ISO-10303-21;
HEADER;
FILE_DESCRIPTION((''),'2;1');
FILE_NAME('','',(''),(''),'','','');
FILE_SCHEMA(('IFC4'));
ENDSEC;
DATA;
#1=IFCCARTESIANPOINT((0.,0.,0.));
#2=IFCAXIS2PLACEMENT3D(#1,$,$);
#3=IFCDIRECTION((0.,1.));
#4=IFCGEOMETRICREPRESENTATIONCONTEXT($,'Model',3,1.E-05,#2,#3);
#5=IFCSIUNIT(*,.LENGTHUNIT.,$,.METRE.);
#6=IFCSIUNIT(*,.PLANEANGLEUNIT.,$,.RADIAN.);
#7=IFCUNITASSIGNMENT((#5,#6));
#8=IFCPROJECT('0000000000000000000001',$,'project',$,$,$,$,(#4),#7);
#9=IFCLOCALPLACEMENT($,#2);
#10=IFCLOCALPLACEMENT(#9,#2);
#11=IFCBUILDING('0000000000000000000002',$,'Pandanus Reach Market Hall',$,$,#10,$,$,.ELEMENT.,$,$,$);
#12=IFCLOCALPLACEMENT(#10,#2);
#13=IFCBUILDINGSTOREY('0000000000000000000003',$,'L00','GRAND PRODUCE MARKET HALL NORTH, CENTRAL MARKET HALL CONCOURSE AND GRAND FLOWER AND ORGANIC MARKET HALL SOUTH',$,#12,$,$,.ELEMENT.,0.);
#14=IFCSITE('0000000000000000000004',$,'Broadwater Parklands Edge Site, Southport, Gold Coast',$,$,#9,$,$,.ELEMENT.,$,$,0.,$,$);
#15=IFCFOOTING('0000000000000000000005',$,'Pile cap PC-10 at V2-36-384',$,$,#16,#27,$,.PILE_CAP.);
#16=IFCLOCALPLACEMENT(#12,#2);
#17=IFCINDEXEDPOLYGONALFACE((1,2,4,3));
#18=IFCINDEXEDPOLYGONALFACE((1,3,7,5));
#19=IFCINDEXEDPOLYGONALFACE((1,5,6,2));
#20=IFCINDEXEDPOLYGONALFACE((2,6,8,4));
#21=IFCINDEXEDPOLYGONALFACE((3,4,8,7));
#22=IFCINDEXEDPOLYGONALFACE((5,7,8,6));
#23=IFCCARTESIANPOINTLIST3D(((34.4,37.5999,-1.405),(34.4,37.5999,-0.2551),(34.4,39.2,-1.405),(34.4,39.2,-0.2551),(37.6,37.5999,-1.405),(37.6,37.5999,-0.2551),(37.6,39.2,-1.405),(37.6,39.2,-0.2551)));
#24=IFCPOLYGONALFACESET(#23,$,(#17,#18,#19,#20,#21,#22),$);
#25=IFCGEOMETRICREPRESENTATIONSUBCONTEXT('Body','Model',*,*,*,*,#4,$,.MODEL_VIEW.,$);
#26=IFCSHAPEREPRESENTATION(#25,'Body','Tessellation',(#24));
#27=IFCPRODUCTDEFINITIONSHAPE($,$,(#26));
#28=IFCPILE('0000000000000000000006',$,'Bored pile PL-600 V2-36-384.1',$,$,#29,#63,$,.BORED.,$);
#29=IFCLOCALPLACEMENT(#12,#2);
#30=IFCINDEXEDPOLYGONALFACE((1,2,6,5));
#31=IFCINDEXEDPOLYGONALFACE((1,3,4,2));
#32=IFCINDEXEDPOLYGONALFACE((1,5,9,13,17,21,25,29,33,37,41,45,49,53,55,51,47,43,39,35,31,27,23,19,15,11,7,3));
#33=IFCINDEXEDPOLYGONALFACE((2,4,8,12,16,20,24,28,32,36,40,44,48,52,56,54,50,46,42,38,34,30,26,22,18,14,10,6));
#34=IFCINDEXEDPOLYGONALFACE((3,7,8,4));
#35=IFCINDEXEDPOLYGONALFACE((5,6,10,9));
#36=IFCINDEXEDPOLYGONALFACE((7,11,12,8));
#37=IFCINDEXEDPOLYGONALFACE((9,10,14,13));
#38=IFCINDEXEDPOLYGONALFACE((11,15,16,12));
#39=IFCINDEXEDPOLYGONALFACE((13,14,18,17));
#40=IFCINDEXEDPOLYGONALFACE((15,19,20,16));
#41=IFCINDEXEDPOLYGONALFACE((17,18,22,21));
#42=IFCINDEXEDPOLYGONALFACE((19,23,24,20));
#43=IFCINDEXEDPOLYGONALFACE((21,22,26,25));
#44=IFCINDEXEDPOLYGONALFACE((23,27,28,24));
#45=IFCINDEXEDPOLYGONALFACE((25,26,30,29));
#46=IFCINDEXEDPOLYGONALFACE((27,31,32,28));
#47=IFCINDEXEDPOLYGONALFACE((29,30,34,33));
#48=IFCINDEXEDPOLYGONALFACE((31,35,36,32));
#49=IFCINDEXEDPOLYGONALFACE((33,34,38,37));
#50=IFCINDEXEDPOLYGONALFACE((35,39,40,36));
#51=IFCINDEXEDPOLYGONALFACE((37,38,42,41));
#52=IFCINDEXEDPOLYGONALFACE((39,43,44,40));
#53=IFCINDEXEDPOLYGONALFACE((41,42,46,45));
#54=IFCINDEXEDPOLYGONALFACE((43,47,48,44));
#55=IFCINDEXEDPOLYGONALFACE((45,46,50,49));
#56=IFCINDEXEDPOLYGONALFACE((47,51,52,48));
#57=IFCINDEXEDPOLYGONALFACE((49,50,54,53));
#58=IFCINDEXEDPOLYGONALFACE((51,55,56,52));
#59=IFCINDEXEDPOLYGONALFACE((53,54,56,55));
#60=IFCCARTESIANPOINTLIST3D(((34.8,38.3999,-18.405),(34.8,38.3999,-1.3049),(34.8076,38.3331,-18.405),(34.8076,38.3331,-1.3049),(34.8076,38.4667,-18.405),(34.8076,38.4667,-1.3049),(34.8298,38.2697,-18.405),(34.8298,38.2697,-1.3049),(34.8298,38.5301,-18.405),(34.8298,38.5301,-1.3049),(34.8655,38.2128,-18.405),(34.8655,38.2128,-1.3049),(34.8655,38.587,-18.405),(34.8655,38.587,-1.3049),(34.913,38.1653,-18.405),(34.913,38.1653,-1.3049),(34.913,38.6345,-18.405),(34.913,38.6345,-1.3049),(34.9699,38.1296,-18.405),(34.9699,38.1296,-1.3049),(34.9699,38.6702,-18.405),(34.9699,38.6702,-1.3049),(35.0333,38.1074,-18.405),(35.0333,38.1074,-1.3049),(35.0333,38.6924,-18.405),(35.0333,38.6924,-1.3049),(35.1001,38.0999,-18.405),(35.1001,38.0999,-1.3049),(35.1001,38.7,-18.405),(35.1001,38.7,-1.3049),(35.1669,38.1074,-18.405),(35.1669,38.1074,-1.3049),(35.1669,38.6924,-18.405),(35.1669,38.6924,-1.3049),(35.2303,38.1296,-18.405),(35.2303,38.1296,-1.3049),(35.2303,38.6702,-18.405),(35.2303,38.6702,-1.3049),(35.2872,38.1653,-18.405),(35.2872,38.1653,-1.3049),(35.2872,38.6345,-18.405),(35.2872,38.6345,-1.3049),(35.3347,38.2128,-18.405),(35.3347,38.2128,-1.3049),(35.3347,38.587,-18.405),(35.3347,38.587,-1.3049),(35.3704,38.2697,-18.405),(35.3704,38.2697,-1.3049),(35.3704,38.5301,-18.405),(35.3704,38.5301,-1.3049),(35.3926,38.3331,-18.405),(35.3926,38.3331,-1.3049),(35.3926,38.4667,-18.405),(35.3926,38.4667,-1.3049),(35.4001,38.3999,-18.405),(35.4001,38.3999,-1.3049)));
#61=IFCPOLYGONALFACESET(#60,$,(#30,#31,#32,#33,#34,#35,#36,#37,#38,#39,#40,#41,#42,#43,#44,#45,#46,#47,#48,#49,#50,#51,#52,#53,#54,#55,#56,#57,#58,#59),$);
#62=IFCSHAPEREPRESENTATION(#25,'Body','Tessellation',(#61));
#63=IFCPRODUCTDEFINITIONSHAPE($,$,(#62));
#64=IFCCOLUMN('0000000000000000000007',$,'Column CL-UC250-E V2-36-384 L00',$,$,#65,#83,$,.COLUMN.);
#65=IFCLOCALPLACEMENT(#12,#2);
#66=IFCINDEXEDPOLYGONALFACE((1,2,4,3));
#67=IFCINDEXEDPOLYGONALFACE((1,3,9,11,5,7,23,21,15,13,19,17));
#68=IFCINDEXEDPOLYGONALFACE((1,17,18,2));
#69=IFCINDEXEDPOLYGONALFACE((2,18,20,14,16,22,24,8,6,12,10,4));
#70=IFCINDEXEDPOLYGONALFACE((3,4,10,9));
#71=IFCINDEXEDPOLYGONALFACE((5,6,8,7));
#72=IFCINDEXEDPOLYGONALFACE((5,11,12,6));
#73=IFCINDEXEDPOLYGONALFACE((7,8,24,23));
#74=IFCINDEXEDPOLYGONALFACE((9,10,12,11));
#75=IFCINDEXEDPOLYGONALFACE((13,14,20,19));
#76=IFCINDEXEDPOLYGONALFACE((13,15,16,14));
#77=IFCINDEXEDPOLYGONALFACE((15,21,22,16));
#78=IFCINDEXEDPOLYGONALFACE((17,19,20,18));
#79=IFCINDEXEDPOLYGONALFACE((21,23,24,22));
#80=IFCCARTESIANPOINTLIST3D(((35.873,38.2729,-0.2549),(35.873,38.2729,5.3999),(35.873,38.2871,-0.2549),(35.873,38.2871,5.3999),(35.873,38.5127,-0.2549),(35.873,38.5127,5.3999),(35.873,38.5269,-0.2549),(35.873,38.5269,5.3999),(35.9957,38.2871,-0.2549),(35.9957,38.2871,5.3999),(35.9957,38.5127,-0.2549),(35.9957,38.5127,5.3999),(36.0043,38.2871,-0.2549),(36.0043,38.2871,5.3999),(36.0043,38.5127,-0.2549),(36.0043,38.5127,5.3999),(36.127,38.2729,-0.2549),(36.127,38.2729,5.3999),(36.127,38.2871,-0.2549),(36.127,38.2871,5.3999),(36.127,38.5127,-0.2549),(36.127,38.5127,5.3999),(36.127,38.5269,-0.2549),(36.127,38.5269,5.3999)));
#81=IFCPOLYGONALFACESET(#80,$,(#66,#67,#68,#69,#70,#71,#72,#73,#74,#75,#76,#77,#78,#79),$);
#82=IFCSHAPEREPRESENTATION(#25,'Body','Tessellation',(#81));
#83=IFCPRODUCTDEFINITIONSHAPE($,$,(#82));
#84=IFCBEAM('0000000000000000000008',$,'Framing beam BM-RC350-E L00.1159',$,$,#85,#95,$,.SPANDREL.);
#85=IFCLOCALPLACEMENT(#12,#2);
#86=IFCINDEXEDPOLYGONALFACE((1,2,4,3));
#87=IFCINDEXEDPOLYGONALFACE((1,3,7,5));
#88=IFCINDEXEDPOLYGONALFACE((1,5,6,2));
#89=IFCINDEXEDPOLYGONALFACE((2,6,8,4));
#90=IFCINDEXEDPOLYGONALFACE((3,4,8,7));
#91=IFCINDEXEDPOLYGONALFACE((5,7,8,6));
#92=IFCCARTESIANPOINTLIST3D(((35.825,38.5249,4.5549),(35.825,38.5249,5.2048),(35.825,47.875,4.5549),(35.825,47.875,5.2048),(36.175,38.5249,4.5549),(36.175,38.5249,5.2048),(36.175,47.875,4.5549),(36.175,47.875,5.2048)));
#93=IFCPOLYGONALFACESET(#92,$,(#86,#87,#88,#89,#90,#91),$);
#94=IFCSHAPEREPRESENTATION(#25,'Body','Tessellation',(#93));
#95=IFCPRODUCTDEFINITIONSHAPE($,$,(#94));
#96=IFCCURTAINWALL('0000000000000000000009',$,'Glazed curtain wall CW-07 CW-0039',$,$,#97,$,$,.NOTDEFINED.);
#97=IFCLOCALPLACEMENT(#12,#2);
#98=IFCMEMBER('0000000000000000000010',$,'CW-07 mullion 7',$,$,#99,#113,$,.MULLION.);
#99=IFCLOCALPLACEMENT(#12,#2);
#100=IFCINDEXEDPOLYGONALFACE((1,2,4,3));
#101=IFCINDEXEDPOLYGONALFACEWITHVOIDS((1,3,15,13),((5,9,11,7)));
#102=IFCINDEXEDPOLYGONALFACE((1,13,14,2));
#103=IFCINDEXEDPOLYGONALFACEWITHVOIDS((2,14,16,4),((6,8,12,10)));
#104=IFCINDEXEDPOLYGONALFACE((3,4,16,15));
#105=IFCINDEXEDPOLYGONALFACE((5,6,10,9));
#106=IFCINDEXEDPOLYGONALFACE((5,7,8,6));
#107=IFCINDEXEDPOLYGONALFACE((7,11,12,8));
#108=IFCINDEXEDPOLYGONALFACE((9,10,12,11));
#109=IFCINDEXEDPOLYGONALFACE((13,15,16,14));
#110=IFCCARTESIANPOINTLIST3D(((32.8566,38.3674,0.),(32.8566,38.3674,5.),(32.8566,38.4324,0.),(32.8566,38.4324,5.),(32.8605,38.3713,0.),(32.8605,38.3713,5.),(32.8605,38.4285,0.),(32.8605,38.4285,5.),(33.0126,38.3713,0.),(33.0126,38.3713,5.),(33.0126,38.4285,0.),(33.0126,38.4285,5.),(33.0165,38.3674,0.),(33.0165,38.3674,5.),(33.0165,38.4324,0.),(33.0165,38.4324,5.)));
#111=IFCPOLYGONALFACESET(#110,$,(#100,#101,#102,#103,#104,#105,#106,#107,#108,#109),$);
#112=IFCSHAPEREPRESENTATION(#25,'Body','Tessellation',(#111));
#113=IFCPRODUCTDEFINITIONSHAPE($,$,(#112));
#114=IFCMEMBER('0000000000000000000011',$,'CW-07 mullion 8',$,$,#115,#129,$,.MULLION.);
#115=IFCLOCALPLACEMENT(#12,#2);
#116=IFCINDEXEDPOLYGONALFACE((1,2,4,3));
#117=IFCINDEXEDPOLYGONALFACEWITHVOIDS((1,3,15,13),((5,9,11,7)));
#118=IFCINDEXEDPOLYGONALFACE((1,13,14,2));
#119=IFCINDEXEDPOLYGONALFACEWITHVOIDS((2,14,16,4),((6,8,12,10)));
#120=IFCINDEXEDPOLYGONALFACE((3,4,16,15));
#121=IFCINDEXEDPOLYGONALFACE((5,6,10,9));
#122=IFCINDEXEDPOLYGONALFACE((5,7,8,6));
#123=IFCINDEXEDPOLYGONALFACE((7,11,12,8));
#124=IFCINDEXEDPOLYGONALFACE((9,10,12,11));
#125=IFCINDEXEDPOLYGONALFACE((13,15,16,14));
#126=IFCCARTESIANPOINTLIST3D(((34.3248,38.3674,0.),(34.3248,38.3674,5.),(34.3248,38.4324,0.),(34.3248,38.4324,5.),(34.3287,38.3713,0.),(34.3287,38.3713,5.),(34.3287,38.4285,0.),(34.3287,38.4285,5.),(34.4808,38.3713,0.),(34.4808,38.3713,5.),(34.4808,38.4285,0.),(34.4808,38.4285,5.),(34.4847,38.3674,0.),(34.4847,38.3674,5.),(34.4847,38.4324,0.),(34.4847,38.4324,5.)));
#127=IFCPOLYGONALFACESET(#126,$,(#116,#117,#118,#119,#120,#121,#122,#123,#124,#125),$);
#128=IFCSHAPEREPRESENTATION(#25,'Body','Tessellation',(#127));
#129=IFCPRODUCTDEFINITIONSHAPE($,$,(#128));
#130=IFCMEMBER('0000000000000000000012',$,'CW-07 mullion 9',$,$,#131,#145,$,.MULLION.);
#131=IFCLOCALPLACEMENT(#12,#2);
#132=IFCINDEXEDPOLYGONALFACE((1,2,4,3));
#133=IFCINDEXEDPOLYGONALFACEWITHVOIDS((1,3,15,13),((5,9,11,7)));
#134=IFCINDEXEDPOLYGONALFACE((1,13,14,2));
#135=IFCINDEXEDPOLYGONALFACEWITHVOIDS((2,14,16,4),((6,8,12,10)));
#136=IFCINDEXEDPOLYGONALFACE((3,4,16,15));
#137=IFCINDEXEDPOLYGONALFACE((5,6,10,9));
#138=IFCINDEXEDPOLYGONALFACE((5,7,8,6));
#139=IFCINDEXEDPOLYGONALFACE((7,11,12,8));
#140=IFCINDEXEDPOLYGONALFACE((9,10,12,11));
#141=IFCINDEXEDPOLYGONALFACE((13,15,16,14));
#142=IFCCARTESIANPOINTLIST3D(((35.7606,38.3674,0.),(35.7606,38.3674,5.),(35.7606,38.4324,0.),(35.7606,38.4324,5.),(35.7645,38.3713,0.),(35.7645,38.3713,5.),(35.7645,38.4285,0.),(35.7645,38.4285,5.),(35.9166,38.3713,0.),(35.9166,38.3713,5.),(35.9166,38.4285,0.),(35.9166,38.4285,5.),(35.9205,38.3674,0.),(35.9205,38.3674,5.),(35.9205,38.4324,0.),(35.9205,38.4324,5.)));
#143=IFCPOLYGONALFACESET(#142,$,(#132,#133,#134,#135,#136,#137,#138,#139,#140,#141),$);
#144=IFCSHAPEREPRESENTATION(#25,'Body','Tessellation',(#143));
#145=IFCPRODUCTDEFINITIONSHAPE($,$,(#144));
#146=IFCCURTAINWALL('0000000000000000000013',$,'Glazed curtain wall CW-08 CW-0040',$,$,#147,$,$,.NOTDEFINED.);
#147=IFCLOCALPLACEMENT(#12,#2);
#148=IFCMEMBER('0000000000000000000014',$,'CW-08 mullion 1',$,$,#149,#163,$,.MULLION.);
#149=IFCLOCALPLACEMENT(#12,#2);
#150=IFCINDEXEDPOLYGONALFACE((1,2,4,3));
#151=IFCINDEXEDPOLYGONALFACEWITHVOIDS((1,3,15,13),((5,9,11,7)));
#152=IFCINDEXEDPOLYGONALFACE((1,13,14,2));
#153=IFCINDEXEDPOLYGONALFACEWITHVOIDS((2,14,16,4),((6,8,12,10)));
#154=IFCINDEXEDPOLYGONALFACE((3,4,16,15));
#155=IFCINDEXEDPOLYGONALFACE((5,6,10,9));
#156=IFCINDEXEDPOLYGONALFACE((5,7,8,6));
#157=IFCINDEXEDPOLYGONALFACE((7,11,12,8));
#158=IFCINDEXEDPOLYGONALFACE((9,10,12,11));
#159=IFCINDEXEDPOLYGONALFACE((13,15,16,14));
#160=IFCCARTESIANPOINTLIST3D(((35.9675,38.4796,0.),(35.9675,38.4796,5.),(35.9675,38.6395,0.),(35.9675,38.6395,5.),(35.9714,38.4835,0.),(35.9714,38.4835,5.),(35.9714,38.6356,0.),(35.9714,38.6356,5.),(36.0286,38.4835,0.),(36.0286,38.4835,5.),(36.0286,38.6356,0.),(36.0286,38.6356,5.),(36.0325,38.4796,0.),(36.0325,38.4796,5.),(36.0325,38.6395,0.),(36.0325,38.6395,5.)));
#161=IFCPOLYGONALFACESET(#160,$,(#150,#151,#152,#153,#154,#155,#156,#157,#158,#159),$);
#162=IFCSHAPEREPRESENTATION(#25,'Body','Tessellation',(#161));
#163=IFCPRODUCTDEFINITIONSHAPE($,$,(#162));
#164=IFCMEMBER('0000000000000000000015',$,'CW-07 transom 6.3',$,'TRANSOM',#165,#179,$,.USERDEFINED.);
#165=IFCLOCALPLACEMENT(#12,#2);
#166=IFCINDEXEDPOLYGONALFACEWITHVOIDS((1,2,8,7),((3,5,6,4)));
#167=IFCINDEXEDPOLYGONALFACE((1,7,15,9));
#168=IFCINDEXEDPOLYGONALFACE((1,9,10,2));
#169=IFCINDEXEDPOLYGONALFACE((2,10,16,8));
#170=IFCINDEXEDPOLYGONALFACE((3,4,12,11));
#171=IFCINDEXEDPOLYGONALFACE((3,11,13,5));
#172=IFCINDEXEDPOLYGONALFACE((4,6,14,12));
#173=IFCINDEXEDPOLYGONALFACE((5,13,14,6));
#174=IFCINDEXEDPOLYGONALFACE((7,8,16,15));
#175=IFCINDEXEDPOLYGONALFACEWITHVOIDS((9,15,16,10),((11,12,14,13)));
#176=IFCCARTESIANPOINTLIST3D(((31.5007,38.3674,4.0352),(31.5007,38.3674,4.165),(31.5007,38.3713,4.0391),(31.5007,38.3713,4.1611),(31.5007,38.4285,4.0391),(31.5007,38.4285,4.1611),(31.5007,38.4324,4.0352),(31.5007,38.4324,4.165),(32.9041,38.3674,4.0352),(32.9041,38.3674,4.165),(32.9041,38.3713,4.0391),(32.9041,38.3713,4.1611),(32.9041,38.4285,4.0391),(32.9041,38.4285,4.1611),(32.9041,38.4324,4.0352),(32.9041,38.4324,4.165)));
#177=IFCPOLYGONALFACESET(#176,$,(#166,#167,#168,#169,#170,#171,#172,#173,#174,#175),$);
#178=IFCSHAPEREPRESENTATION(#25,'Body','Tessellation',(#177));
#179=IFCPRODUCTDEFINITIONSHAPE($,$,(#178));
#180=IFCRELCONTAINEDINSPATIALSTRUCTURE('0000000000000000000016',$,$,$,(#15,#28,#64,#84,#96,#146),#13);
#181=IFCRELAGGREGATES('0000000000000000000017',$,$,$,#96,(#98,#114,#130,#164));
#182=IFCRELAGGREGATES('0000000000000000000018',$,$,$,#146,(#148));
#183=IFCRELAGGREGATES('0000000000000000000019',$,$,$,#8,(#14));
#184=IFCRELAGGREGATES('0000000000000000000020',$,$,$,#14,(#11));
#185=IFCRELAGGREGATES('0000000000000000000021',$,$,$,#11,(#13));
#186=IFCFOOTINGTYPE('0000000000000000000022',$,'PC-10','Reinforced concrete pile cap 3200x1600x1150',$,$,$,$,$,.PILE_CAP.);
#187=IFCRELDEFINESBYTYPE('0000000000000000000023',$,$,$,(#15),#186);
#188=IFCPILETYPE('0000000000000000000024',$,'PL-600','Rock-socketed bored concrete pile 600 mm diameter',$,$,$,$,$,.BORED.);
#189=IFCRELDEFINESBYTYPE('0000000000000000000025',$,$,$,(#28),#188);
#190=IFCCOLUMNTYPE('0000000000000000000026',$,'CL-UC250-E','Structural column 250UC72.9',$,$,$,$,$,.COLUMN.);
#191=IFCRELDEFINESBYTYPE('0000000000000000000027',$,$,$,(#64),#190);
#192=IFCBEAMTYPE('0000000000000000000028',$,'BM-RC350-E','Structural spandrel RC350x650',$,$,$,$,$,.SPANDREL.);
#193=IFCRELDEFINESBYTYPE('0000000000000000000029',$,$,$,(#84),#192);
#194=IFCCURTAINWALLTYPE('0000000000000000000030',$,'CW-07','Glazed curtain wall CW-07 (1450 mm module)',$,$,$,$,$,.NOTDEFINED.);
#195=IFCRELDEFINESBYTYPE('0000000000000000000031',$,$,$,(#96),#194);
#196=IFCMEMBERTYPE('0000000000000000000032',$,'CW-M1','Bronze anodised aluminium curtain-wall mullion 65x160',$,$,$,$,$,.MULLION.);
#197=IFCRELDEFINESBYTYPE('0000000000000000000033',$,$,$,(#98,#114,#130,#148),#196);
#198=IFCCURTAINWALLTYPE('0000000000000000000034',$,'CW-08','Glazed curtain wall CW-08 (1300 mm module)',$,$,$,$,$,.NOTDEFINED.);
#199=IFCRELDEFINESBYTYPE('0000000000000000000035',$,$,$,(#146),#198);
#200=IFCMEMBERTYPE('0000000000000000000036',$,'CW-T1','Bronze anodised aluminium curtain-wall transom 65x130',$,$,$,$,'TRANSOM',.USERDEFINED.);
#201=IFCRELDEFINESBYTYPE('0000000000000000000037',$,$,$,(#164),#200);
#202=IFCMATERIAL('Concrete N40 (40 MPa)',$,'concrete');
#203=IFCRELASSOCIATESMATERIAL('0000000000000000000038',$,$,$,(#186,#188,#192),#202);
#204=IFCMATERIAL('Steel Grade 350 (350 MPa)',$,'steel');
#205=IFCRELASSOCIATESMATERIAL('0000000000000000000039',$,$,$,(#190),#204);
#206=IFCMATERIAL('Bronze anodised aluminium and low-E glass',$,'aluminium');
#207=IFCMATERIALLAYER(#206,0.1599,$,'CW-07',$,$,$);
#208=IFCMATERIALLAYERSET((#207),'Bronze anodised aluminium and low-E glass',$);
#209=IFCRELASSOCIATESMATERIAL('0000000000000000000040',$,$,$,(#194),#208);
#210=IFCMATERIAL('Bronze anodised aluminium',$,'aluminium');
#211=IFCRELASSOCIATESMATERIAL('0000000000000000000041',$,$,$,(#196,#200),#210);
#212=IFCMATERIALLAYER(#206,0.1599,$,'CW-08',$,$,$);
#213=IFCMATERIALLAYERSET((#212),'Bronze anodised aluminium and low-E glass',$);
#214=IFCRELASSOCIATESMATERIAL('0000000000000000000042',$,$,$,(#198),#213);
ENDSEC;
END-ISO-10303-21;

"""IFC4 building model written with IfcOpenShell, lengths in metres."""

from ifc_helpers import new_model, si_unit, direction, frame, origin, origin_2d, place, context, subcontext, project, spatial, rectangle, hollow_rectangle, circle, i_section, extrude, material, layer, layer_set, material_profile, profile_set, type_object, element, aggregate, save


model = new_model("IFC4")

# Units and contexts
model_context = context("Model", 3, precision=1e-05, world=origin(), true_north=direction((0.0, 1.0)))
body_context = subcontext(model_context, "Body", "Model", "MODEL_VIEW")
ifc_project = project(units=[si_unit("LENGTHUNIT", "METRE"), si_unit("PLANEANGLEUNIT", "RADIAN")], contexts=[model_context])

# Site, building, storey
site_placement = place(None, origin())
site = spatial("IfcSite", under=ifc_project, at=site_placement, Name="Broadwater Parklands Edge Site, Southport, Gold Coast", CompositionType="ELEMENT", RefElevation=0.0)
building_placement = place(site_placement, origin())
building = spatial("IfcBuilding", under=site, at=building_placement, Name="Pandanus Reach Market Hall", CompositionType="ELEMENT")
storey_placement = place(building_placement, origin())
storey = spatial("IfcBuildingStorey", under=building, at=storey_placement, Name="L00", Description="GRAND PRODUCE MARKET HALL NORTH, CENTRAL MARKET HALL CONCOURSE AND GRAND FLOWER AND ORGANIC MARKET HALL SOUTH", CompositionType="ELEMENT", Elevation=0.0)

# Footing
ifc_material_1 = material(Name="Concrete N40 (40 MPa)", Category="concrete")
footing_type = type_object("IfcFootingType", Name="PC-10", Description="Reinforced concrete pile cap 3200x1600x1150", PredefinedType="PILE_CAP", material=ifc_material_1)
footing_placement = place(storey_placement, frame((36.0, 38.3999, -1.405), z_axis=(0.0, 0.0, 1.0), x_axis=(1.0, 0.0, 0.0)))
element("IfcFooting", 1, at=footing_placement, inside=storey, type_object=footing_type, Name="Pile cap PC-10 at V2-36-384", PredefinedType="PILE_CAP", context=body_context, shape_type="SweptSolid", body=[
    extrude(rectangle(XDim=3.2, YDim=1.6001, at=origin_2d()), origin(), (0.0, 0.0, 1.0), 1.1499),
])

# Pile
ifc_material_profile_1 = material_profile(ifc_material_1, circle(Radius=0.3, at=origin_2d()), Name="PILE-600D", Category="LoadBearing")
ifc_profile_set_1 = profile_set([ifc_material_profile_1], Name="Concrete N40 (40 MPa)")
pile_type = type_object("IfcPileType", Name="PL-600", Description="Rock-socketed bored concrete pile 600 mm diameter", PredefinedType="BORED", material=ifc_profile_set_1)
pile_placement = place(storey_placement, frame((35.1001, 38.3999, -1.3049), z_axis=(0.0, 0.0, -1.0), x_axis=(1.0, 0.0, 0.0)))
element("IfcPile", 2, at=pile_placement, inside=storey, type_object=pile_type, Name="Bored pile PL-600 V2-36-384.1", PredefinedType="BORED", context=body_context, shape_type="SweptSolid", body=[
    extrude(circle(Radius=0.3, at=origin_2d()), origin(), (0.0, 0.0, 1.0), 17.1001),
])

# Column
ifc_material_2 = material(Name="Steel Grade 350 (350 MPa)", Category="steel")
ifc_material_profile_2 = material_profile(ifc_material_2, i_section(OverallWidth=0.2539, OverallDepth=0.2539, WebThickness=0.0085, FlangeThickness=0.0142, at=origin_2d()), Name="250UC72.9", Category="LoadBearing")
ifc_profile_set_2 = profile_set([ifc_material_profile_2], Name="Steel Grade 350 (350 MPa)")
column_type = type_object("IfcColumnType", Name="CL-UC250-E", Description="Structural column 250UC72.9", PredefinedType="COLUMN", material=ifc_profile_set_2)
column_placement = place(storey_placement, frame((36.0, 38.3999, -0.2549), z_axis=(0.0, 0.0, 1.0), x_axis=(1.0, 0.0, 0.0)))
element("IfcColumn", 3, at=column_placement, inside=storey, type_object=column_type, Name="Column CL-UC250-E V2-36-384 L00", PredefinedType="COLUMN", context=body_context, shape_type="SweptSolid", body=[
    extrude(i_section(OverallWidth=0.2539, OverallDepth=0.2539, WebThickness=0.0085, FlangeThickness=0.0142, at=origin_2d()), origin(), (0.0, 0.0, 1.0), 5.6548),
])

# Beam
ifc_material_profile_3 = material_profile(ifc_material_1, rectangle(XDim=0.3501, YDim=0.6499, at=origin_2d()), Name="RC350x650", Category="LoadBearing")
ifc_profile_set_3 = profile_set([ifc_material_profile_3], Name="Concrete N40 (40 MPa)")
beam_type = type_object("IfcBeamType", Name="BM-RC350-E", Description="Structural spandrel RC350x650", PredefinedType="SPANDREL", material=ifc_profile_set_3)
beam_placement = place(storey_placement, frame((36.0, 38.5249, 4.8799), z_axis=(0.0, 1.0, 0.0), x_axis=(-1.0, 0.0, 0.0)))
element("IfcBeam", 4, at=beam_placement, inside=storey, type_object=beam_type, Name="Framing beam BM-RC350-E L00.1159", PredefinedType="SPANDREL", context=body_context, shape_type="SweptSolid", body=[
    extrude(rectangle(XDim=0.3501, YDim=0.6499, at=origin_2d()), origin(), (0.0, 0.0, 1.0), 9.3501),
])

# Curtain wall, members
ifc_material_3 = material(Name="Bronze anodised aluminium and low-E glass", Category="aluminium")
ifc_layer_1 = layer(ifc_material_3, 0.1599, Name="CW-07")
ifc_layer_set_1 = layer_set([ifc_layer_1], Name="Bronze anodised aluminium and low-E glass")
curtain_wall_type_1 = type_object("IfcCurtainWallType", Name="CW-07", Description="Glazed curtain wall CW-07 (1450 mm module)", PredefinedType="NOTDEFINED", material=ifc_layer_set_1)
curtain_wall_1_placement = place(storey_placement, origin())
curtain_wall_1 = element("IfcCurtainWall", 5, at=curtain_wall_1_placement, inside=storey, type_object=curtain_wall_type_1, Name="Glazed curtain wall CW-07 CW-0039", PredefinedType="NOTDEFINED")
ifc_material_4 = material(Name="Bronze anodised aluminium", Category="aluminium")
ifc_material_profile_4 = material_profile(ifc_material_4, hollow_rectangle(XDim=0.0649, YDim=0.1599, WallThickness=0.0039, at=origin_2d()), Name="ALU65x160", Category="LoadBearing")
ifc_profile_set_4 = profile_set([ifc_material_profile_4], Name="Bronze anodised aluminium")
member_type_1 = type_object("IfcMemberType", Name="CW-M1", Description="Bronze anodised aluminium curtain-wall mullion 65x160", PredefinedType="MULLION", material=ifc_profile_set_4)
member_1_placement = place(storey_placement, frame((32.9365, 38.3999, 0.0), z_axis=(0.0, 0.0, 1.0), x_axis=(0.0, 1.0, 0.0)))
member_1 = element("IfcMember", 6, at=member_1_placement, type_object=member_type_1, Name="CW-07 mullion 7", PredefinedType="MULLION", context=body_context, shape_type="SweptSolid", body=[
    extrude(hollow_rectangle(XDim=0.0649, YDim=0.1599, WallThickness=0.0039, at=origin_2d()), origin(), (0.0, 0.0, 1.0), 5.0),
])
member_2_placement = place(storey_placement, frame((34.4048, 38.3999, 0.0), z_axis=(0.0, 0.0, 1.0), x_axis=(0.0, 1.0, 0.0)))
member_2 = element("IfcMember", 7, at=member_2_placement, type_object=member_type_1, Name="CW-07 mullion 8", PredefinedType="MULLION", context=body_context, shape_type="SweptSolid", body=[
    extrude(hollow_rectangle(XDim=0.0649, YDim=0.1599, WallThickness=0.0039, at=origin_2d()), origin(), (0.0, 0.0, 1.0), 5.0),
])
member_3_placement = place(storey_placement, frame((35.8406, 38.3999, 0.0), z_axis=(0.0, 0.0, 1.0), x_axis=(0.0, 1.0, 0.0)))
member_3 = element("IfcMember", 8, at=member_3_placement, type_object=member_type_1, Name="CW-07 mullion 9", PredefinedType="MULLION", context=body_context, shape_type="SweptSolid", body=[
    extrude(hollow_rectangle(XDim=0.0649, YDim=0.1599, WallThickness=0.0039, at=origin_2d()), origin(), (0.0, 0.0, 1.0), 5.0),
])

# Curtain wall, member
ifc_layer_2 = layer(ifc_material_3, 0.1599, Name="CW-08")
ifc_layer_set_2 = layer_set([ifc_layer_2], Name="Bronze anodised aluminium and low-E glass")
curtain_wall_type_2 = type_object("IfcCurtainWallType", Name="CW-08", Description="Glazed curtain wall CW-08 (1300 mm module)", PredefinedType="NOTDEFINED", material=ifc_layer_set_2)
curtain_wall_2_placement = place(storey_placement, origin())
curtain_wall_2 = element("IfcCurtainWall", 9, at=curtain_wall_2_placement, inside=storey, type_object=curtain_wall_type_2, Name="Glazed curtain wall CW-08 CW-0040", PredefinedType="NOTDEFINED")
member_4_placement = place(storey_placement, frame((36.0, 38.5596, 0.0), z_axis=(0.0, 0.0, 1.0), x_axis=(-1.0, 0.0, 0.0)))
member_4 = element("IfcMember", 10, at=member_4_placement, type_object=member_type_1, Name="CW-08 mullion 1", PredefinedType="MULLION", context=body_context, shape_type="SweptSolid", body=[
    extrude(hollow_rectangle(XDim=0.0649, YDim=0.1599, WallThickness=0.0039, at=origin_2d()), origin(), (0.0, 0.0, 1.0), 5.0),
])

# Member
ifc_material_profile_5 = material_profile(ifc_material_4, hollow_rectangle(XDim=0.0649, YDim=0.1299, WallThickness=0.0039, at=origin_2d()), Name="ALU65x130", Category="LoadBearing")
ifc_profile_set_5 = profile_set([ifc_material_profile_5], Name="Bronze anodised aluminium")
member_type_2 = type_object("IfcMemberType", Name="CW-T1", Description="Bronze anodised aluminium curtain-wall transom 65x130", ElementType="TRANSOM", PredefinedType="USERDEFINED", material=ifc_profile_set_5)
member_5_placement = place(storey_placement, frame((31.5007, 38.3999, 4.1001), z_axis=(1.0, 0.0, 0.0), x_axis=(0.0, 1.0, 0.0)))
member_5 = element("IfcMember", 11, at=member_5_placement, type_object=member_type_2, Name="CW-07 transom 6.3", ObjectType="TRANSOM", PredefinedType="USERDEFINED", context=body_context, shape_type="SweptSolid", body=[
    extrude(hollow_rectangle(XDim=0.0649, YDim=0.1299, WallThickness=0.0039, at=origin_2d()), origin(), (0.0, 0.0, 1.0), 1.4033),
])

aggregate(curtain_wall_1, [member_1, member_2, member_3, member_5])
aggregate(curtain_wall_2, [member_4])

save(model, "model.ifc")
